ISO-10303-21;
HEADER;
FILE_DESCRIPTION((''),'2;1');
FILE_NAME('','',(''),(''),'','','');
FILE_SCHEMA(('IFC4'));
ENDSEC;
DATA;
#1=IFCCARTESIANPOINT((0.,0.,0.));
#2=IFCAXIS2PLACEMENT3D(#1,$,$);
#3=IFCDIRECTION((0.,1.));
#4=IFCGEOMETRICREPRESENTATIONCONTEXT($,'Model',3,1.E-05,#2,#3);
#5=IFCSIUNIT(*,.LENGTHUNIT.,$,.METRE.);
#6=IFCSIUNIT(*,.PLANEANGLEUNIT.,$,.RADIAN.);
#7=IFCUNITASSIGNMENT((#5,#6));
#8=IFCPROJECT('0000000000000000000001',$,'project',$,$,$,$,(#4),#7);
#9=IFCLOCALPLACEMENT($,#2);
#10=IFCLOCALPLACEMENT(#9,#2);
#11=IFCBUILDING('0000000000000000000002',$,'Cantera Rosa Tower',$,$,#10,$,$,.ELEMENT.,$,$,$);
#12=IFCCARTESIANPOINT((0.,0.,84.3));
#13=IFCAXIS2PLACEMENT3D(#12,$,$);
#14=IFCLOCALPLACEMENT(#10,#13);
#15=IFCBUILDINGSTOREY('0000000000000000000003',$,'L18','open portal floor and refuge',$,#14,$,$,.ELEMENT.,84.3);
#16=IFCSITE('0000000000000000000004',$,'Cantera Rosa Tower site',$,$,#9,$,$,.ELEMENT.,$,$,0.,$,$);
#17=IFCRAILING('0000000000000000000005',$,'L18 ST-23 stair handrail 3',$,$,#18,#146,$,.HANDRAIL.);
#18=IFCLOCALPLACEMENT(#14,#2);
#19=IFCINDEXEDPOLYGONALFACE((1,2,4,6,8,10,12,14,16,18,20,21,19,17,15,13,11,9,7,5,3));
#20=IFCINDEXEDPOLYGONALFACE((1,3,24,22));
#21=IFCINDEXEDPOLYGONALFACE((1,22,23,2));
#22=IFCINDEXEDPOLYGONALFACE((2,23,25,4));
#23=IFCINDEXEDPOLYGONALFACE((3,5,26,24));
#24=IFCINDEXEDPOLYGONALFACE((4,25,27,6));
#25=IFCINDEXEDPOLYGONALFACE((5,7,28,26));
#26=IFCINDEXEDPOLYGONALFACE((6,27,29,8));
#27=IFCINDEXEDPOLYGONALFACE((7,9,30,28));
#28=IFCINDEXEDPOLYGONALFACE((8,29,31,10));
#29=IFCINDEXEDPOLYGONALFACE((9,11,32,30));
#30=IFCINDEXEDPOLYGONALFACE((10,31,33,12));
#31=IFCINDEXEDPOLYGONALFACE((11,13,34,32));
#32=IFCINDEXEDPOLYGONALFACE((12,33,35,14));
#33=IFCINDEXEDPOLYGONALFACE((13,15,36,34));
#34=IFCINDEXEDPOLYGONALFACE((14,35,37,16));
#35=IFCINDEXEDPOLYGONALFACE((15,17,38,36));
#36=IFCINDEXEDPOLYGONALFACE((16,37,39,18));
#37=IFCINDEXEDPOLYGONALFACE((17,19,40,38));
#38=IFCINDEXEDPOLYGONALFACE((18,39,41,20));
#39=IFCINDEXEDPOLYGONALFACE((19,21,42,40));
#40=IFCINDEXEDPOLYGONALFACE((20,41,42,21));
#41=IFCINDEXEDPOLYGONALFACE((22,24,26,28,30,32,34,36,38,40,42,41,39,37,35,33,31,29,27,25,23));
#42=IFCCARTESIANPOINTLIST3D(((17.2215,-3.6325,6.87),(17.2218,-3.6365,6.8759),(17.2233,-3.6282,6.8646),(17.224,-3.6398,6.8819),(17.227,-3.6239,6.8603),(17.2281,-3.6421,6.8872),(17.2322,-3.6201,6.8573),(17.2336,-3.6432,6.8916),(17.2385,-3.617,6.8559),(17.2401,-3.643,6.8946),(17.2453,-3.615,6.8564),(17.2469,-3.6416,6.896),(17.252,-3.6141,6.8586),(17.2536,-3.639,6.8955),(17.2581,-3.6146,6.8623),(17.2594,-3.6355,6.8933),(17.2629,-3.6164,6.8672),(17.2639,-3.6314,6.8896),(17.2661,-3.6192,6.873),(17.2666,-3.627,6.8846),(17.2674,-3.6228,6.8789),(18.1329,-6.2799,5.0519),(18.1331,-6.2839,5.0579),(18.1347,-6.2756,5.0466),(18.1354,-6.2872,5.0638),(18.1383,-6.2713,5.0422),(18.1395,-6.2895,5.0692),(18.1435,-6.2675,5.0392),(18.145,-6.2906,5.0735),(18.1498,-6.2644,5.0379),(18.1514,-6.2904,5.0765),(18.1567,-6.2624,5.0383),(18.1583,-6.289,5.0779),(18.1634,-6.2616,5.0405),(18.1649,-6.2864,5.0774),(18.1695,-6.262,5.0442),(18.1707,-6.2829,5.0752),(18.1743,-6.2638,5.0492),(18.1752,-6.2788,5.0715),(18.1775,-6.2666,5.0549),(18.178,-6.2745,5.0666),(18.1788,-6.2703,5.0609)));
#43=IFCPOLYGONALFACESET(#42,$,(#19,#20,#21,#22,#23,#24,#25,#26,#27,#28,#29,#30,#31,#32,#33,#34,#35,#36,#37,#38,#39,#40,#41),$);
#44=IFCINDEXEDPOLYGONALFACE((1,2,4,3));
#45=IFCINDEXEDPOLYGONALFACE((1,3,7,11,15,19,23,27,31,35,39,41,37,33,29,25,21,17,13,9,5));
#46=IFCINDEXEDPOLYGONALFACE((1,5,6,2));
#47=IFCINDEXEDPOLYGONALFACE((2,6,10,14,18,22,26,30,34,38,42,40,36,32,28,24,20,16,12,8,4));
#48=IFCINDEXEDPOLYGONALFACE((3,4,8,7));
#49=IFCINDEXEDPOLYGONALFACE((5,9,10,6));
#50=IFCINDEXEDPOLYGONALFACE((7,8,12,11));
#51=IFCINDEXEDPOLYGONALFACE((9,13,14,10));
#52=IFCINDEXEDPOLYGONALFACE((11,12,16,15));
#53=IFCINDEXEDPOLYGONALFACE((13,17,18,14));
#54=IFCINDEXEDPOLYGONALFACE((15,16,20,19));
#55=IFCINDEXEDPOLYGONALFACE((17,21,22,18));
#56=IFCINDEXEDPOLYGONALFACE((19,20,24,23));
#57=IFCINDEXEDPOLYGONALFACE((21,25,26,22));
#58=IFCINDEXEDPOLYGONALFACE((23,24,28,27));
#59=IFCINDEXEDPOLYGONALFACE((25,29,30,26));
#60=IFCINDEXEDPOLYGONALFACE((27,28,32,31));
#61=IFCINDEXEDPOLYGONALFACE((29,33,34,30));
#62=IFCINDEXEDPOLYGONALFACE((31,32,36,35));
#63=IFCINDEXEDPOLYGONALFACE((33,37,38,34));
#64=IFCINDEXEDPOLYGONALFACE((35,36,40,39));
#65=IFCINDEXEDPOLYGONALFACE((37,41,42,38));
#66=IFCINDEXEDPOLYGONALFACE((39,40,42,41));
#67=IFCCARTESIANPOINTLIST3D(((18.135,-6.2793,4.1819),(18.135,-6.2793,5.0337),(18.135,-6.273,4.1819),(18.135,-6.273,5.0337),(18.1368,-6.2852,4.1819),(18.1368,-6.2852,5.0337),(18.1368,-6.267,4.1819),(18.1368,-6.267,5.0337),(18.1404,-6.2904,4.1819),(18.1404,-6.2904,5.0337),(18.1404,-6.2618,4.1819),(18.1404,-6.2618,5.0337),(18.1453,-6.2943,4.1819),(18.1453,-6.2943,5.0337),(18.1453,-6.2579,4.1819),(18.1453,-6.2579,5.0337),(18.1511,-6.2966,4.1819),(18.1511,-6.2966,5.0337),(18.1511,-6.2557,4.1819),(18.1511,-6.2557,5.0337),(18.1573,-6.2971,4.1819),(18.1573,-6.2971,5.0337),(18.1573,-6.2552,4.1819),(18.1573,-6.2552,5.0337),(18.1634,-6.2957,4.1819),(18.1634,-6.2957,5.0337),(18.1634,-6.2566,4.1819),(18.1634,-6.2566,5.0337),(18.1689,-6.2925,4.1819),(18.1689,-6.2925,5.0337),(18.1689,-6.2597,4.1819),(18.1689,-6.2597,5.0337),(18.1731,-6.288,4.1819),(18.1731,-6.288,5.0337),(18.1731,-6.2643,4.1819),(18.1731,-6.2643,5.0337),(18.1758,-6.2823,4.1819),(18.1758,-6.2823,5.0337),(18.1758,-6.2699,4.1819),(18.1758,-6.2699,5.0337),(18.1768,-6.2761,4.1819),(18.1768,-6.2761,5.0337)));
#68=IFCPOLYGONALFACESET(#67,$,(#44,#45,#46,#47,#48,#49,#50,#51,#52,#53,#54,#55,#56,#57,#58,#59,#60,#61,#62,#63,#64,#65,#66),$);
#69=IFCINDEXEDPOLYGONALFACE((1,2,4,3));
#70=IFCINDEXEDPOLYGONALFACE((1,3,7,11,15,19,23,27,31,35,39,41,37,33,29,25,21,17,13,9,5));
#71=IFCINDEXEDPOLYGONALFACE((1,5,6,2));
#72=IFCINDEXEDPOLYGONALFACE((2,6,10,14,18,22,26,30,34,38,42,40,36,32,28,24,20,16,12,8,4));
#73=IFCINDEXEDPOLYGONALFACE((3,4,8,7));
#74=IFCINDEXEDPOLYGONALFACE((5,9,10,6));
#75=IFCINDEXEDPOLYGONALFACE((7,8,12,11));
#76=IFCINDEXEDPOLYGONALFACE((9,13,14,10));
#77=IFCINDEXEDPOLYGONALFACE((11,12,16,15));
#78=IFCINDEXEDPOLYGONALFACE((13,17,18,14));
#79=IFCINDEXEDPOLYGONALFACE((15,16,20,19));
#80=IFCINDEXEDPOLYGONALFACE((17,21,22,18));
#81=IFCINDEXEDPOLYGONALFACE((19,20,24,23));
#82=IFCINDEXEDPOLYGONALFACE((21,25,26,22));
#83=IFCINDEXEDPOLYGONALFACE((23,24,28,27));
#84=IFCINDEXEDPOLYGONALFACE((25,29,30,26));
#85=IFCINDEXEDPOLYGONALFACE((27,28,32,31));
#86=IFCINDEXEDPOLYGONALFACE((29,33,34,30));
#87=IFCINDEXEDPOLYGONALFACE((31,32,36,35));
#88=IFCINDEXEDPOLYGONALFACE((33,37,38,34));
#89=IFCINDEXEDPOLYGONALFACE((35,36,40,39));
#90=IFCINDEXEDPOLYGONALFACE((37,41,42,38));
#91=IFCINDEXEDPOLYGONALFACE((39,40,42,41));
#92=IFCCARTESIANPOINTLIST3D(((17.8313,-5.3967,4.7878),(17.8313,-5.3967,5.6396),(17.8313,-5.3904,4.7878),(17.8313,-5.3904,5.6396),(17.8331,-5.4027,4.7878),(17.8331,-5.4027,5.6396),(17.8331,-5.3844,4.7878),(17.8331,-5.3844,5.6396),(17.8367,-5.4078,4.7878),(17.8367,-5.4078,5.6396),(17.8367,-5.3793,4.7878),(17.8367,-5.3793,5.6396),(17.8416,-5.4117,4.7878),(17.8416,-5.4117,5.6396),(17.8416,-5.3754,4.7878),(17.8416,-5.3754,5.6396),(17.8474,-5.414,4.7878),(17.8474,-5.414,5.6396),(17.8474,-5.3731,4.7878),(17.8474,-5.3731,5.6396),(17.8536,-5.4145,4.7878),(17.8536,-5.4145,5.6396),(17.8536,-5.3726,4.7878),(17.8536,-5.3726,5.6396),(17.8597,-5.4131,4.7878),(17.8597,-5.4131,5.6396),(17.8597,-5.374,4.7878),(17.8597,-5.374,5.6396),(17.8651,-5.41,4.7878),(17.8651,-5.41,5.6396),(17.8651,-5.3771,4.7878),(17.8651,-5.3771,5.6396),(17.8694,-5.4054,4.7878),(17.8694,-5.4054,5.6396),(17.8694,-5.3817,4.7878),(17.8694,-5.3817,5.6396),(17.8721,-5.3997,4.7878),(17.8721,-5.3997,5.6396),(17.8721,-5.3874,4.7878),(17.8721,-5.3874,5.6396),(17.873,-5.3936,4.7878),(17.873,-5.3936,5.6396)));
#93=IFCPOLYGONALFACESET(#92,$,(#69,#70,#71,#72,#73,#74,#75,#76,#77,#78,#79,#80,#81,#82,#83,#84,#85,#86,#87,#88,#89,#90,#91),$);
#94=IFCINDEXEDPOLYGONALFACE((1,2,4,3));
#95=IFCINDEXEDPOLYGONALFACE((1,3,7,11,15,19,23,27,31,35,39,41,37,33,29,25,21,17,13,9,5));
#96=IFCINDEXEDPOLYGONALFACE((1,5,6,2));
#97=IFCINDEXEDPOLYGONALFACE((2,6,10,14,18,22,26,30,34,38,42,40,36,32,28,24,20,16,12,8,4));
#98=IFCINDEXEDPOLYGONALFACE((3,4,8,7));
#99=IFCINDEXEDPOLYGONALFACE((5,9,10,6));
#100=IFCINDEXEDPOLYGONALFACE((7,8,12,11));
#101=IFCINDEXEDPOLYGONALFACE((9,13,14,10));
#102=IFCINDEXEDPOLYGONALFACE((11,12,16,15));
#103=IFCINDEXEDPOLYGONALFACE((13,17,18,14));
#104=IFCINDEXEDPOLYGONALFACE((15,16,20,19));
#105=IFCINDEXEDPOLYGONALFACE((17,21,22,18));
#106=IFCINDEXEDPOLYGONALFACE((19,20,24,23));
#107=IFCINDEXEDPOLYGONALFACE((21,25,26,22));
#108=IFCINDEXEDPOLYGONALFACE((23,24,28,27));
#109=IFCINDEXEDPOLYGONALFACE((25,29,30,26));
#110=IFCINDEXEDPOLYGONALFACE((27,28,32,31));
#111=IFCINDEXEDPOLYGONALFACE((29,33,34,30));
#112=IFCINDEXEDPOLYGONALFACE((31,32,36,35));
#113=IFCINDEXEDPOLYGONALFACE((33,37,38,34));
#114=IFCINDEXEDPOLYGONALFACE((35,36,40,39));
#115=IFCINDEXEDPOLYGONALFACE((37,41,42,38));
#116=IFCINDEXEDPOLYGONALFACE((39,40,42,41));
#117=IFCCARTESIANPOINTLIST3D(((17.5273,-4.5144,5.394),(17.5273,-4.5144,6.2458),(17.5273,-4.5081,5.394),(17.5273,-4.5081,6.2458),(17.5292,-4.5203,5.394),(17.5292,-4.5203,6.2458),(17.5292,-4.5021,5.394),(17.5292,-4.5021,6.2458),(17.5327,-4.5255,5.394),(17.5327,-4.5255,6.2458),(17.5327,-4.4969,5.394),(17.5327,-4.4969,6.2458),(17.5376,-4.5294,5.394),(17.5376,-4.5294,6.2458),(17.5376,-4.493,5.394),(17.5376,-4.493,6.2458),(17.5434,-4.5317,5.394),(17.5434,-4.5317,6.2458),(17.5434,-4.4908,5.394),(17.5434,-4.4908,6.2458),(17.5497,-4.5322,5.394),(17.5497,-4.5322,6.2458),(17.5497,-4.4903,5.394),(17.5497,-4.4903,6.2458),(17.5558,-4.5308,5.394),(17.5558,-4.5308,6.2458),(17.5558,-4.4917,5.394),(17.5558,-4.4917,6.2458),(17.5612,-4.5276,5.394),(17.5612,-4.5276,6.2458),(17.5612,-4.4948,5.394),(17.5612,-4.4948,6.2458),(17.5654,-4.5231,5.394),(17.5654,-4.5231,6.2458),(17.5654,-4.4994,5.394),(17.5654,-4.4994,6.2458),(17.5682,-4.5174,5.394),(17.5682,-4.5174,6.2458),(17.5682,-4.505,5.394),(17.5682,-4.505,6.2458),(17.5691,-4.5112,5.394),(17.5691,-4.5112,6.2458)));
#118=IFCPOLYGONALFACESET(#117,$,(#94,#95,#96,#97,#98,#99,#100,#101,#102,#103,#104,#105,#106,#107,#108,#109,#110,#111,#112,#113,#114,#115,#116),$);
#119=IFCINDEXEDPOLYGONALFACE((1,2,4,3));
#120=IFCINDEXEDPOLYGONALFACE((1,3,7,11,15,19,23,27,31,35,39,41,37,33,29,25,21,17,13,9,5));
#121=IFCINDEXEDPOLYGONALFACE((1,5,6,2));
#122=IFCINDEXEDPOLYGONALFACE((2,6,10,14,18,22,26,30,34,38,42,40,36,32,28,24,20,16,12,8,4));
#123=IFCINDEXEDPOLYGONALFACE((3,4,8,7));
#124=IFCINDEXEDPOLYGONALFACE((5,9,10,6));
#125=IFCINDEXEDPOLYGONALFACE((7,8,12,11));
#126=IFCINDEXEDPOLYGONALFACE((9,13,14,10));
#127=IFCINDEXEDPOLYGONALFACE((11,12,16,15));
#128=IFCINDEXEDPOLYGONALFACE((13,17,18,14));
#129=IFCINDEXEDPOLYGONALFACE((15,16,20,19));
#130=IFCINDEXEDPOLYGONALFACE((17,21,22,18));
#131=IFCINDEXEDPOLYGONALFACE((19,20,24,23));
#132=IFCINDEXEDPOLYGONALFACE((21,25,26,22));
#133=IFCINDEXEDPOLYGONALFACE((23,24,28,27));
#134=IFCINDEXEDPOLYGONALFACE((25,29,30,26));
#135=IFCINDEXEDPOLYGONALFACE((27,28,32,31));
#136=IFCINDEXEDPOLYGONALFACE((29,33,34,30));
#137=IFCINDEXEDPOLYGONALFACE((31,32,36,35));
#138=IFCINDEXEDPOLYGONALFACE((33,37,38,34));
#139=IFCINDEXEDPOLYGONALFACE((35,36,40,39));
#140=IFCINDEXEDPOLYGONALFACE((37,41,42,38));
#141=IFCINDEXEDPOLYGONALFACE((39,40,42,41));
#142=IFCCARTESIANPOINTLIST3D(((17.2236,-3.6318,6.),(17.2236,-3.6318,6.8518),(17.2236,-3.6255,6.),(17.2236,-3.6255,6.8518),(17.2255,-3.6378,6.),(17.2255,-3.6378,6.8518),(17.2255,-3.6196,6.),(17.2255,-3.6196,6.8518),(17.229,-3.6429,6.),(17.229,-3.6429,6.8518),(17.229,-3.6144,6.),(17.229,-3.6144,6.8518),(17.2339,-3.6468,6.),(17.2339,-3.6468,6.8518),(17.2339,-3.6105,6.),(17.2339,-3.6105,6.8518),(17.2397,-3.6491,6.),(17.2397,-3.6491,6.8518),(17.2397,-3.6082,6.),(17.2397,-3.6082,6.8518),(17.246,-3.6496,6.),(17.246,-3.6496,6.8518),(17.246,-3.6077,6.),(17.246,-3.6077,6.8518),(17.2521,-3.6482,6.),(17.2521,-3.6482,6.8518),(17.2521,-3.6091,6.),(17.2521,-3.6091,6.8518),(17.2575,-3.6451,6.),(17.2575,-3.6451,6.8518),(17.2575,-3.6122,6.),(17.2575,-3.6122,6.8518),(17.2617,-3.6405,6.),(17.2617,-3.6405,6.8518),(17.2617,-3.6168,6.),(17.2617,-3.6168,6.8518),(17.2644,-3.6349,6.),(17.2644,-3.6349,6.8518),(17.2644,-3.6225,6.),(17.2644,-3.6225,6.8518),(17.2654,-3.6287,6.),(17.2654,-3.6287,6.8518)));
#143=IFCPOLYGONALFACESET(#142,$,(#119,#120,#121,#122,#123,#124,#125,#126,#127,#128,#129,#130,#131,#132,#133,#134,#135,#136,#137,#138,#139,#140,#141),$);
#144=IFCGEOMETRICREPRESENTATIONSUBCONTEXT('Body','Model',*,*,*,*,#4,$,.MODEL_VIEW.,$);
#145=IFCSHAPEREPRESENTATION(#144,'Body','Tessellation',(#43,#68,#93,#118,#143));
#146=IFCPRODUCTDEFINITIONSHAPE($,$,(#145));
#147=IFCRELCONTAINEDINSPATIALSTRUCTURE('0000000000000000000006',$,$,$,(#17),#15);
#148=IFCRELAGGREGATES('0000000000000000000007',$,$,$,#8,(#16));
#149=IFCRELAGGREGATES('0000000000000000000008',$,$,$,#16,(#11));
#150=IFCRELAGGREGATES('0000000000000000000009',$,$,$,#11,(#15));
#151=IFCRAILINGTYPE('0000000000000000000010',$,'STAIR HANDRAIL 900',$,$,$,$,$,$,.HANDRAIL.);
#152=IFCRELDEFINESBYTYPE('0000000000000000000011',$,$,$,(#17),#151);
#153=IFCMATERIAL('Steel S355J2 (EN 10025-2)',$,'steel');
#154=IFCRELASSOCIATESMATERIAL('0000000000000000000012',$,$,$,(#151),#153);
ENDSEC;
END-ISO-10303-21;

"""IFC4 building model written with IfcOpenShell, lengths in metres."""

from ifc_helpers import new_model, si_unit, direction, frame, origin, origin_2d, place, context, subcontext, project, spatial, circle, extrude, material, type_object, element, save


model = new_model("IFC4")

# Units and contexts
model_context = context("Model", 3, precision=1e-05, world=origin(), true_north=direction((0.0, 1.0)))
body_context = subcontext(model_context, "Body", "Model", "MODEL_VIEW")
ifc_project = project(units=[si_unit("LENGTHUNIT", "METRE"), si_unit("PLANEANGLEUNIT", "RADIAN")], contexts=[model_context])

# Site, building, storey
site_placement = place(None, origin())
site = spatial("IfcSite", under=ifc_project, at=site_placement, Name="Cantera Rosa Tower site", CompositionType="ELEMENT", RefElevation=0.0)
building_placement = place(site_placement, origin())
building = spatial("IfcBuilding", under=site, at=building_placement, Name="Cantera Rosa Tower", CompositionType="ELEMENT")
storey_placement = place(building_placement, frame((0.0, 0.0, 84.3)))
storey = spatial("IfcBuildingStorey", under=building, at=storey_placement, Name="L18", Description="open portal floor and refuge", CompositionType="ELEMENT", Elevation=84.3)

# Railing
ifc_material_1 = material(Name="Steel S355J2 (EN 10025-2)", Category="steel")
railing_type_1 = type_object("IfcRailingType", Name="STAIR HANDRAIL 900", PredefinedType="HANDRAIL", material=ifc_material_1)
for number, where, name in (
    (1, (18.1558, -6.2761, 4.1819), "L18 ST-23 stair handrail 3"),
):
    element("IfcRailing", number, at=place(storey_placement, frame(where)), inside=storey, type_object=railing_type_1, Name=name, PredefinedType="HANDRAIL", context=body_context, shape_type="SweptSolid", body=[
        extrude(circle(Radius=0.0239, at=origin_2d()), frame((0.0, 0.0, 0.876), z_axis=(-0.272995, 0.793023, 0.5446), x_axis=(-0.945542, -0.325499, 0.0)), (0.0, 0.0, 1.0), 3.3384),
        extrude(circle(Radius=0.021, at=origin_2d()), origin(), (0.0, 0.0, 1.0), 0.8518),
        extrude(circle(Radius=0.021, at=origin_2d()), frame((-0.3037, 0.8826, 0.606)), (0.0, 0.0, 1.0), 0.8518),
        extrude(circle(Radius=0.021, at=origin_2d()), frame((-0.6077, 1.7649, 1.2122)), (0.0, 0.0, 1.0), 0.8518),
        extrude(circle(Radius=0.021, at=origin_2d()), frame((-0.9114, 2.6475, 1.8181)), (0.0, 0.0, 1.0), 0.8518),
    ])

save(model, "model.ifc")
